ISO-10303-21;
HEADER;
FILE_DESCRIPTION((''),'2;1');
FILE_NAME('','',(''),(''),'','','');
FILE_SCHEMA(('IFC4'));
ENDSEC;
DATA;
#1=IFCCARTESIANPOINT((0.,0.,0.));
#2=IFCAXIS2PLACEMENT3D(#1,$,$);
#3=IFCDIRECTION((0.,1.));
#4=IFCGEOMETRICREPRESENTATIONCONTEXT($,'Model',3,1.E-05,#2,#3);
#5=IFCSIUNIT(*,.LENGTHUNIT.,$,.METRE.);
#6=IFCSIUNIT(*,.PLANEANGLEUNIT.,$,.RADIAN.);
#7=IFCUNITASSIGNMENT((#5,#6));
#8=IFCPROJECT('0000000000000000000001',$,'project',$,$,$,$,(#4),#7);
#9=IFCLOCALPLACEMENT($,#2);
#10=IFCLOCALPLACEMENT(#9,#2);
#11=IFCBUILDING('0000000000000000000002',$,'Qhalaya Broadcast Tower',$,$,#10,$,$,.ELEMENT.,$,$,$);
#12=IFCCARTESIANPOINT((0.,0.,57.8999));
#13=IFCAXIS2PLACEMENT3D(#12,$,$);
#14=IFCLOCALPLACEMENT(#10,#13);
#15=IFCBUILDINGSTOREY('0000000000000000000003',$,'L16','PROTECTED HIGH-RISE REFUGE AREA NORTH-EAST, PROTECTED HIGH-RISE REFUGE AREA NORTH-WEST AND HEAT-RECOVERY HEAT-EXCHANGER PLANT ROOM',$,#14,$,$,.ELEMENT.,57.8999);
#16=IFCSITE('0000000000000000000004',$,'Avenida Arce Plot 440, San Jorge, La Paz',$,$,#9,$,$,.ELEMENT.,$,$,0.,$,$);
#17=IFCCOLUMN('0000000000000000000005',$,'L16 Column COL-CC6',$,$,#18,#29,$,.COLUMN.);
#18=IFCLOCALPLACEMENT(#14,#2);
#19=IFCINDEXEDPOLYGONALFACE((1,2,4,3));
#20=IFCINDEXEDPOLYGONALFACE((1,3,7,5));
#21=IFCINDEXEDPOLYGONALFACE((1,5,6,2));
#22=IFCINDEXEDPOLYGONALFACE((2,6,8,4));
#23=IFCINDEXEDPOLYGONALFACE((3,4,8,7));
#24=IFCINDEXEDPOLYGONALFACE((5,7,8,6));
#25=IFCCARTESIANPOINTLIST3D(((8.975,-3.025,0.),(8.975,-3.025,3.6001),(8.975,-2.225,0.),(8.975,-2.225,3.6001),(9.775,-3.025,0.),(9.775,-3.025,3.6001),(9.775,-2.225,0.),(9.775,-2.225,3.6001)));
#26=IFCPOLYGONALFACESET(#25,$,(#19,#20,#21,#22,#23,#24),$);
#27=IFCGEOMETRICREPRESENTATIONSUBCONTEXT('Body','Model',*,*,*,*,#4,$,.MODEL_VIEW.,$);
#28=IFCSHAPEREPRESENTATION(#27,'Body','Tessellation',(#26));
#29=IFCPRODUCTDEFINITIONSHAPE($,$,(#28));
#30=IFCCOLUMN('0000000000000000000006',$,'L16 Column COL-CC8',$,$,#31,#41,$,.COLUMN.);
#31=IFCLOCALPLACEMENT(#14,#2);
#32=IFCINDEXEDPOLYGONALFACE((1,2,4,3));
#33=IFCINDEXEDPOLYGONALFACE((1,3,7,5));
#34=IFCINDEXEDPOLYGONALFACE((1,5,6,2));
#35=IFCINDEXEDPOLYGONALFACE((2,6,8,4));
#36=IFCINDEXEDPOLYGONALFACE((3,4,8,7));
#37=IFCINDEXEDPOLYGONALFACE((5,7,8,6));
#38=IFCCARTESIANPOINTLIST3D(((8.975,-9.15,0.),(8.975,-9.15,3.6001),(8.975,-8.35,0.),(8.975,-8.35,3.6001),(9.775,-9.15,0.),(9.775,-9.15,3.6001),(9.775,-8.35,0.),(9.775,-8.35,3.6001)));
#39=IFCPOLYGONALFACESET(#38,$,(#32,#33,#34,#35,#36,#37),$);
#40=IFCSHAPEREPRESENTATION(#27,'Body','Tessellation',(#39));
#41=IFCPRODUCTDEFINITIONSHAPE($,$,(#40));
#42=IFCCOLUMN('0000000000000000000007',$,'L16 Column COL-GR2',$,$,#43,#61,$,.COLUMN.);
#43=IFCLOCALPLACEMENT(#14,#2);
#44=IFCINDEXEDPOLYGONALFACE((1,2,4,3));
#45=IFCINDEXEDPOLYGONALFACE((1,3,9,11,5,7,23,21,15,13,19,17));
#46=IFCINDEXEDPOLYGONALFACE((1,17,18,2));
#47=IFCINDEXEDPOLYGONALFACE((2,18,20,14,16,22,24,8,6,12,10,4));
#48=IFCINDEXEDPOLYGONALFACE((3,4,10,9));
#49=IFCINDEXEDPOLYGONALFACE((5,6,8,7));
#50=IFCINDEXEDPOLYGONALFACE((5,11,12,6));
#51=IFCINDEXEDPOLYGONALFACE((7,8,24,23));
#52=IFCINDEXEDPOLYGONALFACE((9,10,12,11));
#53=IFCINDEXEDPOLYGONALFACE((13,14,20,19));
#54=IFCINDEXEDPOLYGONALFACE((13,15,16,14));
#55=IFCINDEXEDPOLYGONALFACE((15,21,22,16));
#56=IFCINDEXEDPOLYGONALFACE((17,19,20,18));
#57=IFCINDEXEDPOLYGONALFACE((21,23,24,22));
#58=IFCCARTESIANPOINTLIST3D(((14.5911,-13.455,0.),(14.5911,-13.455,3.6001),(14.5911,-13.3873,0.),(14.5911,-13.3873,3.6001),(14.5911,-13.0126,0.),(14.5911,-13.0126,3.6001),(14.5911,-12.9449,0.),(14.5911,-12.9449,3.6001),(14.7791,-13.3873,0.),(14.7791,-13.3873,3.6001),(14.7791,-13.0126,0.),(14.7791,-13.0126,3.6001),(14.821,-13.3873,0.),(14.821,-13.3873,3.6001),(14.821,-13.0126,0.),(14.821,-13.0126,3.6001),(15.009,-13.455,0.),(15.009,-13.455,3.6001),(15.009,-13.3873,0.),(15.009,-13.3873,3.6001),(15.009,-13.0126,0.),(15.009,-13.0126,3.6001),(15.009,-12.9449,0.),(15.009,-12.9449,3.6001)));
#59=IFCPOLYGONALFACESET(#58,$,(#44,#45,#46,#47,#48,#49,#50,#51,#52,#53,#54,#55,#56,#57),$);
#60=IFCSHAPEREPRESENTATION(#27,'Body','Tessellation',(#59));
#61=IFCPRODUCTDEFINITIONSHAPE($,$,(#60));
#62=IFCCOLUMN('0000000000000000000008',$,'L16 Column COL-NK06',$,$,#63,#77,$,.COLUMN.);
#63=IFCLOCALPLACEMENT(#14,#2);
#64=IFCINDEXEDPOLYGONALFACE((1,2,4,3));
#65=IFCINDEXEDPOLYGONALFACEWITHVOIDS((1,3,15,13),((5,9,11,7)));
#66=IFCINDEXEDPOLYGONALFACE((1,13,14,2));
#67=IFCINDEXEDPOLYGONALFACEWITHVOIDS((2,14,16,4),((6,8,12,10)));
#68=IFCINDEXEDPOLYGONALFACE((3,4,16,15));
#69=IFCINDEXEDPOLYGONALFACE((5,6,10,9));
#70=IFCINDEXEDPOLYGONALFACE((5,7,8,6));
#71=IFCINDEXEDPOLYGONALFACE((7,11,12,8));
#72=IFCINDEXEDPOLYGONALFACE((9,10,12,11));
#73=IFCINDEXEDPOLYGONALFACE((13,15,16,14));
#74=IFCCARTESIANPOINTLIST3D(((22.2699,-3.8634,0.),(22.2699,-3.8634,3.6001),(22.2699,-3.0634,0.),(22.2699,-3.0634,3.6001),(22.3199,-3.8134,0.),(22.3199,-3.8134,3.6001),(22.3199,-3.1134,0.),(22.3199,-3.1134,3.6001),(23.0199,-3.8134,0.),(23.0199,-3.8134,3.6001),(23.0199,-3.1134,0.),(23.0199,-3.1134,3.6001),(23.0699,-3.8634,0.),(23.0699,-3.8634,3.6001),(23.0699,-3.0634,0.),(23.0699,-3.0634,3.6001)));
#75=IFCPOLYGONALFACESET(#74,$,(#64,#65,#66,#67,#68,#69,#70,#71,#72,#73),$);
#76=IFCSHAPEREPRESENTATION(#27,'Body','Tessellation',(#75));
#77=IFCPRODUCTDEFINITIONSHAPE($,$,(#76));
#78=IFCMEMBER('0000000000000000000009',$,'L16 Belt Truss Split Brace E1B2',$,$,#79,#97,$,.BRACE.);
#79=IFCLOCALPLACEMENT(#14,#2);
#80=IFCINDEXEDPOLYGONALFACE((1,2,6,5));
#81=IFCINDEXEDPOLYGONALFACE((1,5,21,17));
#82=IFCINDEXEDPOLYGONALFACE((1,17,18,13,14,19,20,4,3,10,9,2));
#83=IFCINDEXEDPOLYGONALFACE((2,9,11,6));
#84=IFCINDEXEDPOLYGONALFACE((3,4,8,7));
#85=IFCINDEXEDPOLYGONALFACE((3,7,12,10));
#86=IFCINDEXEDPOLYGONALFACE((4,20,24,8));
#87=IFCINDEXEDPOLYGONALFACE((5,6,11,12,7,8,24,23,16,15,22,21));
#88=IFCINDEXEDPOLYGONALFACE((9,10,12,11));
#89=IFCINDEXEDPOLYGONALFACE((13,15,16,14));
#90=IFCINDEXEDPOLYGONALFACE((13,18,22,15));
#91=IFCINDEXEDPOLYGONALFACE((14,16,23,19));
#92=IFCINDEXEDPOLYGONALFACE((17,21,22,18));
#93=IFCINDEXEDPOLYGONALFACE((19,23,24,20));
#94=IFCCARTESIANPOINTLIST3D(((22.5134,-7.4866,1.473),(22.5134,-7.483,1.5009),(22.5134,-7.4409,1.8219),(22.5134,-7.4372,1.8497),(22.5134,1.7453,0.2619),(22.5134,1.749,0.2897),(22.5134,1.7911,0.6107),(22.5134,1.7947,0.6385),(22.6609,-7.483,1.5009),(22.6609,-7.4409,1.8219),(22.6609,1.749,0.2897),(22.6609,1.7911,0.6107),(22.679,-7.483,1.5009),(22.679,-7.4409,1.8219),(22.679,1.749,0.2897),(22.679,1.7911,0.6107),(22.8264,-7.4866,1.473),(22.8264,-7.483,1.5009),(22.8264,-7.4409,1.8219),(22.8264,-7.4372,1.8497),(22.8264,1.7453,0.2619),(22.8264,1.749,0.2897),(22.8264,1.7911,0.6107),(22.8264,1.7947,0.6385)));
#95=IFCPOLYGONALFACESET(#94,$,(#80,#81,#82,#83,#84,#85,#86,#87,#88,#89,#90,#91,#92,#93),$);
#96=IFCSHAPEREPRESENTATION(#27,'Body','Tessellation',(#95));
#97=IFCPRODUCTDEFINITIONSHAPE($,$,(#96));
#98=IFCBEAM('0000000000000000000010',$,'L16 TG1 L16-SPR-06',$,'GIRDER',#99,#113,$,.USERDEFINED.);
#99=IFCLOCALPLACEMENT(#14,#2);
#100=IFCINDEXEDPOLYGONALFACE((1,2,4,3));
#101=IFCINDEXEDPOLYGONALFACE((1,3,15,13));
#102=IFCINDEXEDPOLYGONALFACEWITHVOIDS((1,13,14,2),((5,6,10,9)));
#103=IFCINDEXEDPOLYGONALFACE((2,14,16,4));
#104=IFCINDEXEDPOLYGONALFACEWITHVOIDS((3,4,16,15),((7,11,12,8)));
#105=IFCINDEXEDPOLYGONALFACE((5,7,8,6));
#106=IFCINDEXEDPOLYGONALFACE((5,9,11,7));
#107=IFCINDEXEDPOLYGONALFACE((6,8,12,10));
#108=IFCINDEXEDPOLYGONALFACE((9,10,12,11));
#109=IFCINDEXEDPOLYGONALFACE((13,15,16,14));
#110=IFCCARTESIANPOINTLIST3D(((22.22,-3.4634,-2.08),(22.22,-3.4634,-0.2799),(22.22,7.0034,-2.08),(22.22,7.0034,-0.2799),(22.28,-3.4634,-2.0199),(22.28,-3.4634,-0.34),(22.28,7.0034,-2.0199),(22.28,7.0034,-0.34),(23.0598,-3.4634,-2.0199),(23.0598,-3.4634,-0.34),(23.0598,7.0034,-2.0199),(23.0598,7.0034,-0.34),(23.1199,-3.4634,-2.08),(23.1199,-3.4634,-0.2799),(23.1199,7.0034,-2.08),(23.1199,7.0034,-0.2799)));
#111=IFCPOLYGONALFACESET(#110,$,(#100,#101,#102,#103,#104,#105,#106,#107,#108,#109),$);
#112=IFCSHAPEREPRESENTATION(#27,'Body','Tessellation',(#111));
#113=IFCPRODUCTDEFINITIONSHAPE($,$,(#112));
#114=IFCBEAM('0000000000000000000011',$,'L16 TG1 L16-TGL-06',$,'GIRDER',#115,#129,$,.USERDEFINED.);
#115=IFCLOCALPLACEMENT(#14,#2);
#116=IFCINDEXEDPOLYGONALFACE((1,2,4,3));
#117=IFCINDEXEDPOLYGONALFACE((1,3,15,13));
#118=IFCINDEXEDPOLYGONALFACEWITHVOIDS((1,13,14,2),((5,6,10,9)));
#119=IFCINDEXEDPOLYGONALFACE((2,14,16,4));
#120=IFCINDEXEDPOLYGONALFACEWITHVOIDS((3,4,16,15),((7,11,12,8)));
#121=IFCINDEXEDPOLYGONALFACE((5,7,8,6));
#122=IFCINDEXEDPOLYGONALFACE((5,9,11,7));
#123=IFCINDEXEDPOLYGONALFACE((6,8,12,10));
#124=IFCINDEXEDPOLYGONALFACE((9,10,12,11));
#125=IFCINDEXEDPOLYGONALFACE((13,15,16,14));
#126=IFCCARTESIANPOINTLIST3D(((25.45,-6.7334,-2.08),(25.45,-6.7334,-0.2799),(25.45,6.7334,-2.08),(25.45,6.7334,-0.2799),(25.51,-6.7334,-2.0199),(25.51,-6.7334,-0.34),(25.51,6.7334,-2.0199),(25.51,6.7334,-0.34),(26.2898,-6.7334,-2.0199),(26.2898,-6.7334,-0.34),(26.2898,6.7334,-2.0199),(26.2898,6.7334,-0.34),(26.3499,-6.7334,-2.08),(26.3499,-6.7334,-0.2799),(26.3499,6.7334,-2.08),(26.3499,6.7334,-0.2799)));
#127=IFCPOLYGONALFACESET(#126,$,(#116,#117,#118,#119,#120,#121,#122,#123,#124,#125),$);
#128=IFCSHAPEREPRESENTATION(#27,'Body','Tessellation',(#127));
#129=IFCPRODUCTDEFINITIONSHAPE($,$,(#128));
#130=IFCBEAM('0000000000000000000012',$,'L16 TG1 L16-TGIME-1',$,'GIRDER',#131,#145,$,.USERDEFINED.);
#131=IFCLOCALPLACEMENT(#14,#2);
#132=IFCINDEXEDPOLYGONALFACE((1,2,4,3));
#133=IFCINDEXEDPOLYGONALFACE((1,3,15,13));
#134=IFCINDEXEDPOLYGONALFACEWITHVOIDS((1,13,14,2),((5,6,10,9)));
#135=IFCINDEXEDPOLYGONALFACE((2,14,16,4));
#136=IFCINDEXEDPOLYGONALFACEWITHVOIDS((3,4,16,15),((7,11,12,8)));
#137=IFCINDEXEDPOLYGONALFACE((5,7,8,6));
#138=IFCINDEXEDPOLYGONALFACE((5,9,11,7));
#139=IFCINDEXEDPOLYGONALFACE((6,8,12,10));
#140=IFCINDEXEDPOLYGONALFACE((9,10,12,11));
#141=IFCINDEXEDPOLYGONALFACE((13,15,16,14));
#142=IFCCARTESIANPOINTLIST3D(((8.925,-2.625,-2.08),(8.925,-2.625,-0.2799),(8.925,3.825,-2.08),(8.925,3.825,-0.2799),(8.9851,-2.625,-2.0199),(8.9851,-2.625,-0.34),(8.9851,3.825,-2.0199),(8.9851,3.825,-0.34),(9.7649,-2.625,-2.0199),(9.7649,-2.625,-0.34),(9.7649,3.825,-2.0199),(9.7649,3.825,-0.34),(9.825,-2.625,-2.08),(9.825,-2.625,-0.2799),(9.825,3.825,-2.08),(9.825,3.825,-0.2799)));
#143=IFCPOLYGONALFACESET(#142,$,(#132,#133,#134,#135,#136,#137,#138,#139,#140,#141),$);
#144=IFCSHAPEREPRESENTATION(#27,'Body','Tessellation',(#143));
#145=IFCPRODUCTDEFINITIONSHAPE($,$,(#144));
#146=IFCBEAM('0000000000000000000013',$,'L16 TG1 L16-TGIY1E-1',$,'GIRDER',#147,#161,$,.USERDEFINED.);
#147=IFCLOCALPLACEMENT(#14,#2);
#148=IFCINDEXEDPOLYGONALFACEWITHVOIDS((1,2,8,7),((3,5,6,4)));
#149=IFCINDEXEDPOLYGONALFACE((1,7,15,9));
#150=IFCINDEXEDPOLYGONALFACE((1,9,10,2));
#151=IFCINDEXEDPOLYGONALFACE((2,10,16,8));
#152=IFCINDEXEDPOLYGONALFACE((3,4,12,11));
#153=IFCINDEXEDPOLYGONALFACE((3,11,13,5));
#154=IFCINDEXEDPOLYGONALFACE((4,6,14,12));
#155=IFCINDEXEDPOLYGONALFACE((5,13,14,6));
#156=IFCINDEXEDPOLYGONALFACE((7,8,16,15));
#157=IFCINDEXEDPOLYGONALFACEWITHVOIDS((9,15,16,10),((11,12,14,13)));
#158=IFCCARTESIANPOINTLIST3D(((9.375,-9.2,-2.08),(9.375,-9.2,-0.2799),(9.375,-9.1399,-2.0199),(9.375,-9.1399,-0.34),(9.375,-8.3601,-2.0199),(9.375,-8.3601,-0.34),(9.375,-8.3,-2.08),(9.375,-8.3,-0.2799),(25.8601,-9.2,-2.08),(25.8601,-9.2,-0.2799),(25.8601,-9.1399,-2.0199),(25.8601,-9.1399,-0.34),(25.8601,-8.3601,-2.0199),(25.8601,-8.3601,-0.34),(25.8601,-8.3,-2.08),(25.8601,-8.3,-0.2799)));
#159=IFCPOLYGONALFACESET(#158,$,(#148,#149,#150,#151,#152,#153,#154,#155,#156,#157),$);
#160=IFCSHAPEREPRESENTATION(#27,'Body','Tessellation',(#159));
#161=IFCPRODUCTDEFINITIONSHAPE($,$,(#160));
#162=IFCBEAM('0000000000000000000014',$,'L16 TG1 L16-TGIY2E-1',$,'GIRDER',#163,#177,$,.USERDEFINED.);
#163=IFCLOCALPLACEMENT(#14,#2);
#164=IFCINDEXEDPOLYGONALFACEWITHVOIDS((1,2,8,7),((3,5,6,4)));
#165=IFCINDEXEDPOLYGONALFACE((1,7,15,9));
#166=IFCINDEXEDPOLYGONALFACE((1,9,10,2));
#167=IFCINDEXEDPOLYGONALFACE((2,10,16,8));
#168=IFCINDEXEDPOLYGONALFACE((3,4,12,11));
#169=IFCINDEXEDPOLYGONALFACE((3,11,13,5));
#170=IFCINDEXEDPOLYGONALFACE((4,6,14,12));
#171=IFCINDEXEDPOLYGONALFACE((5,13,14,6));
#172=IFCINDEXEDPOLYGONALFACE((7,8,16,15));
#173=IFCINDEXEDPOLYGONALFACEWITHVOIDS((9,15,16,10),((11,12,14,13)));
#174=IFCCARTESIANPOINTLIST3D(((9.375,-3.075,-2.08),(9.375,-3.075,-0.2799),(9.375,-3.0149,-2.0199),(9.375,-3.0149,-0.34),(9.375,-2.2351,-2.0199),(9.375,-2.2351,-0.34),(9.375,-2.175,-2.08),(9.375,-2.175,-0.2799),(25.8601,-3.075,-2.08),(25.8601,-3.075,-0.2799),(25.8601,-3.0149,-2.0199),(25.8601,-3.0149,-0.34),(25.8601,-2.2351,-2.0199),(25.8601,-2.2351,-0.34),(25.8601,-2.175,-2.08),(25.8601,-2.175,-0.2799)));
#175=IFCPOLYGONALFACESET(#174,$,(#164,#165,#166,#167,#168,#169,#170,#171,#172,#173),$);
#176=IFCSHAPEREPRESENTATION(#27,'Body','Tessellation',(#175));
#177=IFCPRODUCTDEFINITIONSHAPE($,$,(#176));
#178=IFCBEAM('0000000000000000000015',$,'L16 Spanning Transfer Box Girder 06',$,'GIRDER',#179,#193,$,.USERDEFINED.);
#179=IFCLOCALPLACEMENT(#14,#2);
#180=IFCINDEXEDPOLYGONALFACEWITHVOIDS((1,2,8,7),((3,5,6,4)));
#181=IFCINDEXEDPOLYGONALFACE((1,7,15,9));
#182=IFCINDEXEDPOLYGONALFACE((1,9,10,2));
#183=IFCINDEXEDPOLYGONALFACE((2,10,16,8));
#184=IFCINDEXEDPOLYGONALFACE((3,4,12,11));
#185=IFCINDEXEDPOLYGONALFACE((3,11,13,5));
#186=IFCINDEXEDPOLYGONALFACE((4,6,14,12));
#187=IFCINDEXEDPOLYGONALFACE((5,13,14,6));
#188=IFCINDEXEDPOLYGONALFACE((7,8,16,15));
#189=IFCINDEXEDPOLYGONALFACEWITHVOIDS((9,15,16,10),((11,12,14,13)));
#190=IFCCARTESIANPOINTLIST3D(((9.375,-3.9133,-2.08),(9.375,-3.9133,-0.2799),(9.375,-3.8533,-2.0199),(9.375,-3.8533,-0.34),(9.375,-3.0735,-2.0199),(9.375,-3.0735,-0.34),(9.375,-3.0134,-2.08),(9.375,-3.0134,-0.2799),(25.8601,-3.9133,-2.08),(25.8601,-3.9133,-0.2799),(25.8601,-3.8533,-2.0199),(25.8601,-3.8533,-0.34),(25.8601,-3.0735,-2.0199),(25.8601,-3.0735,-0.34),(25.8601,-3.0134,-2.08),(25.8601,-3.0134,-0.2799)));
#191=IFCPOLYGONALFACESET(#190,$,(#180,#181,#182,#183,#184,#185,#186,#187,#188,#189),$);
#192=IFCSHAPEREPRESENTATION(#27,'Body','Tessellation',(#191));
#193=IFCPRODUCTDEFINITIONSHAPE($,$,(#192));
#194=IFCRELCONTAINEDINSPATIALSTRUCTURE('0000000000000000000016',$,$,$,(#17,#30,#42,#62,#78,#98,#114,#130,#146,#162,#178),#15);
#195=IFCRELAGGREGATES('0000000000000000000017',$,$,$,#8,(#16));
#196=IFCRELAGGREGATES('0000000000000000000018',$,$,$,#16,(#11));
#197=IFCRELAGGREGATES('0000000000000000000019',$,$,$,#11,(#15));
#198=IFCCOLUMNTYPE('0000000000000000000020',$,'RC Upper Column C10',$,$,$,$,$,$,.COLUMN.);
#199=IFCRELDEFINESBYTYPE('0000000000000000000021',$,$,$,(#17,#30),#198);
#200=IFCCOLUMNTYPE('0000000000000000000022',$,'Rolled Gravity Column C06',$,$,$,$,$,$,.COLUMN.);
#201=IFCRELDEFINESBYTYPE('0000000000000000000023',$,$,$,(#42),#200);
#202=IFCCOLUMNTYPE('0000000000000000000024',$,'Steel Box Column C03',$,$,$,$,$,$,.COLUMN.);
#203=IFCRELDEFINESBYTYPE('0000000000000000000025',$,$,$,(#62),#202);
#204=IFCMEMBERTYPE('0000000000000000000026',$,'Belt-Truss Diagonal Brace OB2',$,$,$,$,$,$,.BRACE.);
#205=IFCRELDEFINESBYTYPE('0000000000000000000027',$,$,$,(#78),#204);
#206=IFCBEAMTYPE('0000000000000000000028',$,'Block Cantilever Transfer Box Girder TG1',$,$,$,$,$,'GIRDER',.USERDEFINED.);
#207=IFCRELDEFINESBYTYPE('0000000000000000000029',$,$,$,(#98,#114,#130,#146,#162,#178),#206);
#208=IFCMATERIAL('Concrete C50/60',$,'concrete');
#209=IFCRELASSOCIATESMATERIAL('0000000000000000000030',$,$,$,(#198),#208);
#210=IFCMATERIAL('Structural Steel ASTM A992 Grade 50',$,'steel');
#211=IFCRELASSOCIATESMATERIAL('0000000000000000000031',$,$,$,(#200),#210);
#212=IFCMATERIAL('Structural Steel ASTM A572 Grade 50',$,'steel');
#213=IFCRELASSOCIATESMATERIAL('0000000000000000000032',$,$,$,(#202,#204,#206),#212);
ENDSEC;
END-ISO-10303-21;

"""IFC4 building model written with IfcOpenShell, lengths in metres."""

from ifc_helpers import new_model, si_unit, direction, frame, origin, origin_2d, place, context, subcontext, project, spatial, rectangle, hollow_rectangle, i_section, extrude, material, material_profile, profile_set, type_object, element, save


model = new_model("IFC4")

# Units and contexts
model_context = context("Model", 3, precision=1e-05, world=origin(), true_north=direction((0.0, 1.0)))
body_context = subcontext(model_context, "Body", "Model", "MODEL_VIEW")
ifc_project = project(units=[si_unit("LENGTHUNIT", "METRE"), si_unit("PLANEANGLEUNIT", "RADIAN")], contexts=[model_context])

# Site, building, storey
site_placement = place(None, origin())
site = spatial("IfcSite", under=ifc_project, at=site_placement, Name="Avenida Arce Plot 440, San Jorge, La Paz", CompositionType="ELEMENT", RefElevation=0.0)
building_placement = place(site_placement, origin())
building = spatial("IfcBuilding", under=site, at=building_placement, Name="Qhalaya Broadcast Tower", CompositionType="ELEMENT")
storey_placement = place(building_placement, frame((0.0, 0.0, 57.8999)))
storey = spatial("IfcBuildingStorey", under=building, at=storey_placement, Name="L16", Description="PROTECTED HIGH-RISE REFUGE AREA NORTH-EAST, PROTECTED HIGH-RISE REFUGE AREA NORTH-WEST AND HEAT-RECOVERY HEAT-EXCHANGER PLANT ROOM", CompositionType="ELEMENT", Elevation=57.8999)

# Columns
ifc_material_1 = material(Name="Concrete C50/60", Category="concrete")
ifc_material_profile_1 = material_profile(ifc_material_1, rectangle(XDim=0.8, YDim=0.8, at=origin_2d()), Name="RC-COL 800x800")
ifc_profile_set_1 = profile_set([ifc_material_profile_1], Name="Concrete C50/60")
column_type_1 = type_object("IfcColumnType", Name="RC Upper Column C10", PredefinedType="COLUMN", material=ifc_profile_set_1)
for number, where, z_axis, x_axis, name in (
    (1, (9.375, -2.625, 0.0), (0.0, 0.0, 1.0), (1.0, 0.0, 0.0), "L16 Column COL-CC6"),
    (2, (9.375, -8.75, 0.0), (0.0, 0.0, 1.0), (1.0, 0.0, 0.0), "L16 Column COL-CC8"),
):
    element("IfcColumn", number, at=place(storey_placement, frame(where, z_axis=z_axis, x_axis=x_axis)), inside=storey, type_object=column_type_1, Name=name, PredefinedType="COLUMN", context=body_context, shape_type="SweptSolid", body=[
        extrude(rectangle(XDim=0.8, YDim=0.8, at=origin_2d()), origin(), (0.0, 0.0, 1.0), 3.6001),
    ])
ifc_material_2 = material(Name="Structural Steel ASTM A992 Grade 50", Category="steel")
ifc_material_profile_2 = material_profile(ifc_material_2, i_section(OverallWidth=0.418, OverallDepth=0.51, WebThickness=0.042, FlangeThickness=0.0676, at=origin_2d()), Name="W14X370")
ifc_profile_set_2 = profile_set([ifc_material_profile_2], Name="Structural Steel ASTM A992 Grade 50")
column_type_2 = type_object("IfcColumnType", Name="Rolled Gravity Column C06", PredefinedType="COLUMN", material=ifc_profile_set_2)
column_1_placement = place(storey_placement, frame((14.8, -13.2, 0.0), z_axis=(0.0, 0.0, 1.0), x_axis=(1.0, 0.0, 0.0)))
element("IfcColumn", 3, at=column_1_placement, inside=storey, type_object=column_type_2, Name="L16 Column COL-GR2", PredefinedType="COLUMN", context=body_context, shape_type="SweptSolid", body=[
    extrude(i_section(OverallWidth=0.418, OverallDepth=0.51, WebThickness=0.042, FlangeThickness=0.0676, at=origin_2d()), origin(), (0.0, 0.0, 1.0), 3.6001),
])
ifc_material_3 = material(Name="Structural Steel ASTM A572 Grade 50", Category="steel")
ifc_material_profile_3 = material_profile(ifc_material_3, hollow_rectangle(XDim=0.8, YDim=0.8, WallThickness=0.05, at=origin_2d()), Name="BOX 800x800x50")
ifc_profile_set_3 = profile_set([ifc_material_profile_3], Name="Structural Steel ASTM A572 Grade 50")
column_type_3 = type_object("IfcColumnType", Name="Steel Box Column C03", PredefinedType="COLUMN", material=ifc_profile_set_3)
column_2_placement = place(storey_placement, frame((22.6699, -3.4634, 0.0), z_axis=(0.0, 0.0, 1.0), x_axis=(0.0, 1.0, 0.0)))
element("IfcColumn", 4, at=column_2_placement, inside=storey, type_object=column_type_3, Name="L16 Column COL-NK06", PredefinedType="COLUMN", context=body_context, shape_type="SweptSolid", body=[
    extrude(hollow_rectangle(XDim=0.8, YDim=0.8, WallThickness=0.05, at=origin_2d()), origin(), (0.0, 0.0, 1.0), 3.6001),
])

# Member
ifc_material_profile_4 = material_profile(ifc_material_3, i_section(OverallWidth=0.313, OverallDepth=0.3799, WebThickness=0.0181, FlangeThickness=0.0281, at=origin_2d()), Name="W12X120")
ifc_profile_set_4 = profile_set([ifc_material_profile_4], Name="Structural Steel ASTM A572 Grade 50")
member_type = type_object("IfcMemberType", Name="Belt-Truss Diagonal Brace OB2", PredefinedType="BRACE", material=ifc_profile_set_4)
member_placement = place(storey_placement, frame((22.6699, -7.4619, 1.6614), z_axis=(0.0, 0.991503, -0.13008), x_axis=(-1.0, 0.0, 0.0)))
element("IfcMember", 5, at=member_placement, inside=storey, type_object=member_type, Name="L16 Belt Truss Split Brace E1B2", PredefinedType="BRACE", context=body_context, shape_type="SweptSolid", body=[
    extrude(i_section(OverallWidth=0.313, OverallDepth=0.3799, WebThickness=0.0181, FlangeThickness=0.0281, at=origin_2d()), origin(), (0.0, 0.0, 1.0), 9.311),
])

# Beams
ifc_material_profile_5 = material_profile(ifc_material_3, hollow_rectangle(XDim=0.8999, YDim=1.8, WallThickness=0.0601, at=origin_2d()), Name="BOX 900x1800x60")
ifc_profile_set_5 = profile_set([ifc_material_profile_5], Name="Structural Steel ASTM A572 Grade 50")
beam_type_1 = type_object("IfcBeamType", Name="Block Cantilever Transfer Box Girder TG1", ElementType="GIRDER", PredefinedType="USERDEFINED", material=ifc_profile_set_5)
beam_1_placement = place(storey_placement, frame((22.6699, -3.4634, -1.1799), z_axis=(0.0, 1.0, 0.0), x_axis=(-1.0, 0.0, 0.0)))
element("IfcBeam", 6, at=beam_1_placement, inside=storey, type_object=beam_type_1, Name="L16 TG1 L16-SPR-06", ObjectType="GIRDER", PredefinedType="USERDEFINED", context=body_context, shape_type="SweptSolid", body=[
    extrude(hollow_rectangle(XDim=0.8999, YDim=1.8, WallThickness=0.0601, at=origin_2d()), origin(), (0.0, 0.0, 1.0), 10.4668),
])
beam_2_placement = place(storey_placement, frame((25.8999, -6.7334, -1.1799), z_axis=(0.0, 1.0, 0.0), x_axis=(-1.0, 0.0, 0.0)))
element("IfcBeam", 7, at=beam_2_placement, inside=storey, type_object=beam_type_1, Name="L16 TG1 L16-TGL-06", ObjectType="GIRDER", PredefinedType="USERDEFINED", context=body_context, shape_type="SweptSolid", body=[
    extrude(hollow_rectangle(XDim=0.8999, YDim=1.8, WallThickness=0.0601, at=origin_2d()), origin(), (0.0, 0.0, 1.0), 13.4668),
])
beam_3_placement = place(storey_placement, frame((9.375, -2.625, -1.1799), z_axis=(0.0, 1.0, 0.0), x_axis=(-1.0, 0.0, 0.0)))
element("IfcBeam", 8, at=beam_3_placement, inside=storey, type_object=beam_type_1, Name="L16 TG1 L16-TGIME-1", ObjectType="GIRDER", PredefinedType="USERDEFINED", context=body_context, shape_type="SweptSolid", body=[
    extrude(hollow_rectangle(XDim=0.8999, YDim=1.8, WallThickness=0.0601, at=origin_2d()), origin(), (0.0, 0.0, 1.0), 6.45),
])
for number, where, z_axis, x_axis, name in (
    (9, (9.375, -8.75, -1.1799), (1.0, 0.0, 0.0), (0.0, 1.0, 0.0), "L16 TG1 L16-TGIY1E-1"),
    (10, (9.375, -2.625, -1.1799), (1.0, 0.0, 0.0), (0.0, 1.0, 0.0), "L16 TG1 L16-TGIY2E-1"),
    (11, (9.375, -3.4634, -1.1799), (1.0, 0.0, 0.0), (0.0, 1.0, 0.0), "L16 Spanning Transfer Box Girder 06"),
):
    element("IfcBeam", number, at=place(storey_placement, frame(where, z_axis=z_axis, x_axis=x_axis)), inside=storey, type_object=beam_type_1, Name=name, ObjectType="GIRDER", PredefinedType="USERDEFINED", context=body_context, shape_type="SweptSolid", body=[
        extrude(hollow_rectangle(XDim=0.8999, YDim=1.8, WallThickness=0.0601, at=origin_2d()), origin(), (0.0, 0.0, 1.0), 16.4851),
    ])

save(model, "model.ifc")
